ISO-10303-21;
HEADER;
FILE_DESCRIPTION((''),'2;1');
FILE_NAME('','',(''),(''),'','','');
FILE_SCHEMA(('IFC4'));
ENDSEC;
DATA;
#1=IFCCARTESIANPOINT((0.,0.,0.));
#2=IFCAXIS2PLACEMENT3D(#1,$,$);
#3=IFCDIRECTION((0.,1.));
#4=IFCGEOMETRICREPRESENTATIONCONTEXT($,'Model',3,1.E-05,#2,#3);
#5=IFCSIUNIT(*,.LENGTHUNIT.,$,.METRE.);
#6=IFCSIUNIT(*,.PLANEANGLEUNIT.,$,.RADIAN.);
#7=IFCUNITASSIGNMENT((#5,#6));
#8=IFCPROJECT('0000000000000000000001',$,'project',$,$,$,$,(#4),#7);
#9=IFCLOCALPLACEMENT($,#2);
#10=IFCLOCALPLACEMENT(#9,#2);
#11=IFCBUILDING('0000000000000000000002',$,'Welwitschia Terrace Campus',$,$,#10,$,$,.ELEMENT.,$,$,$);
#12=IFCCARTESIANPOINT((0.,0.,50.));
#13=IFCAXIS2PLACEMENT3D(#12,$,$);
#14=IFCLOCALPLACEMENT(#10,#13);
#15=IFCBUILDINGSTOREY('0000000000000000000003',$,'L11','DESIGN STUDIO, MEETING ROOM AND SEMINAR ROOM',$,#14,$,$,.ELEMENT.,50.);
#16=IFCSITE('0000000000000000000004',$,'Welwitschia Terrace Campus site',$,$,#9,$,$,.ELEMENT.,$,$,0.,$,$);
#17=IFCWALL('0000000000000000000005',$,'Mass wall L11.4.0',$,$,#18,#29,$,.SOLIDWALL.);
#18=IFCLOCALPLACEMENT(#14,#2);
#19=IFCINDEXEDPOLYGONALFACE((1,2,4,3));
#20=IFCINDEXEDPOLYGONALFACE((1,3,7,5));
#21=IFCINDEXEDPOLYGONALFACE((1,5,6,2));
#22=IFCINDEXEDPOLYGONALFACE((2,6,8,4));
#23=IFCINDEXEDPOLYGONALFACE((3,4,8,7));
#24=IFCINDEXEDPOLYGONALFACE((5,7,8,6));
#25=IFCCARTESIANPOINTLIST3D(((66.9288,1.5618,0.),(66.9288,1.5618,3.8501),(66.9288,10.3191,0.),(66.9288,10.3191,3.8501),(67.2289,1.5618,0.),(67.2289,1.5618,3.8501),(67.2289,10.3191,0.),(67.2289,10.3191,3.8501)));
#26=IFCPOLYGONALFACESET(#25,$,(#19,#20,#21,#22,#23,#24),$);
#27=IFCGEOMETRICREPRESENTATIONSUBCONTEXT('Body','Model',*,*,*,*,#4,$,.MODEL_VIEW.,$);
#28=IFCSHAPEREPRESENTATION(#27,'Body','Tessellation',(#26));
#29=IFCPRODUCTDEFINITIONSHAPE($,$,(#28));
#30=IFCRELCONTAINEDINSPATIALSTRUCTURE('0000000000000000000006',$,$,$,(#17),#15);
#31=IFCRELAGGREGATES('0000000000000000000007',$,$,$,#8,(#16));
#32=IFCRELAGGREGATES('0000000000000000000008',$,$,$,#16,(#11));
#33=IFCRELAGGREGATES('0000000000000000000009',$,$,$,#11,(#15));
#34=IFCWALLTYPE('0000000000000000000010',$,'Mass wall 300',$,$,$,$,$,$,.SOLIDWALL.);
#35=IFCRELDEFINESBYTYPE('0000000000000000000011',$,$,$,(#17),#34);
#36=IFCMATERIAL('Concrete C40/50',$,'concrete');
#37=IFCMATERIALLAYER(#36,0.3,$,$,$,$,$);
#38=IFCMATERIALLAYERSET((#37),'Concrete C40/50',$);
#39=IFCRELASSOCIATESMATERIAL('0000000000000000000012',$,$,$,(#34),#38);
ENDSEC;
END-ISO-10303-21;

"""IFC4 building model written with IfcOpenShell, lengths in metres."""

from ifc_helpers import new_model, si_unit, direction, frame, frame_2d, origin, place, context, subcontext, project, spatial, rectangle, extrude, material, layer, layer_set, type_object, element, save


model = new_model("IFC4")

# Units and contexts
model_context = context("Model", 3, precision=1e-05, world=origin(), true_north=direction((0.0, 1.0)))
body_context = subcontext(model_context, "Body", "Model", "MODEL_VIEW")
ifc_project = project(units=[si_unit("LENGTHUNIT", "METRE"), si_unit("PLANEANGLEUNIT", "RADIAN")], contexts=[model_context])

# Site, building, storey
site_placement = place(None, origin())
site = spatial("IfcSite", under=ifc_project, at=site_placement, Name="Welwitschia Terrace Campus site", CompositionType="ELEMENT", RefElevation=0.0)
building_placement = place(site_placement, origin())
building = spatial("IfcBuilding", under=site, at=building_placement, Name="Welwitschia Terrace Campus", CompositionType="ELEMENT")
storey_placement = place(building_placement, frame((0.0, 0.0, 50.0)))
storey = spatial("IfcBuildingStorey", under=building, at=storey_placement, Name="L11", Description="DESIGN STUDIO, MEETING ROOM AND SEMINAR ROOM", CompositionType="ELEMENT", Elevation=50.0)

# Wall
ifc_material_1 = material(Name="Concrete C40/50", Category="concrete")
ifc_layer_1 = layer(ifc_material_1, 0.3)
ifc_layer_set_1 = layer_set([ifc_layer_1], Name="Concrete C40/50")
wall_type_1 = type_object("IfcWallType", Name="Mass wall 300", PredefinedType="SOLIDWALL", material=ifc_layer_set_1)
wall_1_placement = place(storey_placement, frame((67.0789, 1.5618, 0.0), z_axis=(0.0, 0.0, 1.0), x_axis=(0.0, 1.0, 0.0)))
element("IfcWall", 1, at=wall_1_placement, inside=storey, type_object=wall_type_1, Name="Mass wall L11.4.0", PredefinedType="SOLIDWALL", context=body_context, shape_type="SweptSolid", body=[
    extrude(rectangle(XDim=8.7573, YDim=0.3, at=frame_2d((4.3787, 0.0))), origin(), (0.0, 0.0, 1.0), 3.8501),
])

save(model, "model.ifc")
